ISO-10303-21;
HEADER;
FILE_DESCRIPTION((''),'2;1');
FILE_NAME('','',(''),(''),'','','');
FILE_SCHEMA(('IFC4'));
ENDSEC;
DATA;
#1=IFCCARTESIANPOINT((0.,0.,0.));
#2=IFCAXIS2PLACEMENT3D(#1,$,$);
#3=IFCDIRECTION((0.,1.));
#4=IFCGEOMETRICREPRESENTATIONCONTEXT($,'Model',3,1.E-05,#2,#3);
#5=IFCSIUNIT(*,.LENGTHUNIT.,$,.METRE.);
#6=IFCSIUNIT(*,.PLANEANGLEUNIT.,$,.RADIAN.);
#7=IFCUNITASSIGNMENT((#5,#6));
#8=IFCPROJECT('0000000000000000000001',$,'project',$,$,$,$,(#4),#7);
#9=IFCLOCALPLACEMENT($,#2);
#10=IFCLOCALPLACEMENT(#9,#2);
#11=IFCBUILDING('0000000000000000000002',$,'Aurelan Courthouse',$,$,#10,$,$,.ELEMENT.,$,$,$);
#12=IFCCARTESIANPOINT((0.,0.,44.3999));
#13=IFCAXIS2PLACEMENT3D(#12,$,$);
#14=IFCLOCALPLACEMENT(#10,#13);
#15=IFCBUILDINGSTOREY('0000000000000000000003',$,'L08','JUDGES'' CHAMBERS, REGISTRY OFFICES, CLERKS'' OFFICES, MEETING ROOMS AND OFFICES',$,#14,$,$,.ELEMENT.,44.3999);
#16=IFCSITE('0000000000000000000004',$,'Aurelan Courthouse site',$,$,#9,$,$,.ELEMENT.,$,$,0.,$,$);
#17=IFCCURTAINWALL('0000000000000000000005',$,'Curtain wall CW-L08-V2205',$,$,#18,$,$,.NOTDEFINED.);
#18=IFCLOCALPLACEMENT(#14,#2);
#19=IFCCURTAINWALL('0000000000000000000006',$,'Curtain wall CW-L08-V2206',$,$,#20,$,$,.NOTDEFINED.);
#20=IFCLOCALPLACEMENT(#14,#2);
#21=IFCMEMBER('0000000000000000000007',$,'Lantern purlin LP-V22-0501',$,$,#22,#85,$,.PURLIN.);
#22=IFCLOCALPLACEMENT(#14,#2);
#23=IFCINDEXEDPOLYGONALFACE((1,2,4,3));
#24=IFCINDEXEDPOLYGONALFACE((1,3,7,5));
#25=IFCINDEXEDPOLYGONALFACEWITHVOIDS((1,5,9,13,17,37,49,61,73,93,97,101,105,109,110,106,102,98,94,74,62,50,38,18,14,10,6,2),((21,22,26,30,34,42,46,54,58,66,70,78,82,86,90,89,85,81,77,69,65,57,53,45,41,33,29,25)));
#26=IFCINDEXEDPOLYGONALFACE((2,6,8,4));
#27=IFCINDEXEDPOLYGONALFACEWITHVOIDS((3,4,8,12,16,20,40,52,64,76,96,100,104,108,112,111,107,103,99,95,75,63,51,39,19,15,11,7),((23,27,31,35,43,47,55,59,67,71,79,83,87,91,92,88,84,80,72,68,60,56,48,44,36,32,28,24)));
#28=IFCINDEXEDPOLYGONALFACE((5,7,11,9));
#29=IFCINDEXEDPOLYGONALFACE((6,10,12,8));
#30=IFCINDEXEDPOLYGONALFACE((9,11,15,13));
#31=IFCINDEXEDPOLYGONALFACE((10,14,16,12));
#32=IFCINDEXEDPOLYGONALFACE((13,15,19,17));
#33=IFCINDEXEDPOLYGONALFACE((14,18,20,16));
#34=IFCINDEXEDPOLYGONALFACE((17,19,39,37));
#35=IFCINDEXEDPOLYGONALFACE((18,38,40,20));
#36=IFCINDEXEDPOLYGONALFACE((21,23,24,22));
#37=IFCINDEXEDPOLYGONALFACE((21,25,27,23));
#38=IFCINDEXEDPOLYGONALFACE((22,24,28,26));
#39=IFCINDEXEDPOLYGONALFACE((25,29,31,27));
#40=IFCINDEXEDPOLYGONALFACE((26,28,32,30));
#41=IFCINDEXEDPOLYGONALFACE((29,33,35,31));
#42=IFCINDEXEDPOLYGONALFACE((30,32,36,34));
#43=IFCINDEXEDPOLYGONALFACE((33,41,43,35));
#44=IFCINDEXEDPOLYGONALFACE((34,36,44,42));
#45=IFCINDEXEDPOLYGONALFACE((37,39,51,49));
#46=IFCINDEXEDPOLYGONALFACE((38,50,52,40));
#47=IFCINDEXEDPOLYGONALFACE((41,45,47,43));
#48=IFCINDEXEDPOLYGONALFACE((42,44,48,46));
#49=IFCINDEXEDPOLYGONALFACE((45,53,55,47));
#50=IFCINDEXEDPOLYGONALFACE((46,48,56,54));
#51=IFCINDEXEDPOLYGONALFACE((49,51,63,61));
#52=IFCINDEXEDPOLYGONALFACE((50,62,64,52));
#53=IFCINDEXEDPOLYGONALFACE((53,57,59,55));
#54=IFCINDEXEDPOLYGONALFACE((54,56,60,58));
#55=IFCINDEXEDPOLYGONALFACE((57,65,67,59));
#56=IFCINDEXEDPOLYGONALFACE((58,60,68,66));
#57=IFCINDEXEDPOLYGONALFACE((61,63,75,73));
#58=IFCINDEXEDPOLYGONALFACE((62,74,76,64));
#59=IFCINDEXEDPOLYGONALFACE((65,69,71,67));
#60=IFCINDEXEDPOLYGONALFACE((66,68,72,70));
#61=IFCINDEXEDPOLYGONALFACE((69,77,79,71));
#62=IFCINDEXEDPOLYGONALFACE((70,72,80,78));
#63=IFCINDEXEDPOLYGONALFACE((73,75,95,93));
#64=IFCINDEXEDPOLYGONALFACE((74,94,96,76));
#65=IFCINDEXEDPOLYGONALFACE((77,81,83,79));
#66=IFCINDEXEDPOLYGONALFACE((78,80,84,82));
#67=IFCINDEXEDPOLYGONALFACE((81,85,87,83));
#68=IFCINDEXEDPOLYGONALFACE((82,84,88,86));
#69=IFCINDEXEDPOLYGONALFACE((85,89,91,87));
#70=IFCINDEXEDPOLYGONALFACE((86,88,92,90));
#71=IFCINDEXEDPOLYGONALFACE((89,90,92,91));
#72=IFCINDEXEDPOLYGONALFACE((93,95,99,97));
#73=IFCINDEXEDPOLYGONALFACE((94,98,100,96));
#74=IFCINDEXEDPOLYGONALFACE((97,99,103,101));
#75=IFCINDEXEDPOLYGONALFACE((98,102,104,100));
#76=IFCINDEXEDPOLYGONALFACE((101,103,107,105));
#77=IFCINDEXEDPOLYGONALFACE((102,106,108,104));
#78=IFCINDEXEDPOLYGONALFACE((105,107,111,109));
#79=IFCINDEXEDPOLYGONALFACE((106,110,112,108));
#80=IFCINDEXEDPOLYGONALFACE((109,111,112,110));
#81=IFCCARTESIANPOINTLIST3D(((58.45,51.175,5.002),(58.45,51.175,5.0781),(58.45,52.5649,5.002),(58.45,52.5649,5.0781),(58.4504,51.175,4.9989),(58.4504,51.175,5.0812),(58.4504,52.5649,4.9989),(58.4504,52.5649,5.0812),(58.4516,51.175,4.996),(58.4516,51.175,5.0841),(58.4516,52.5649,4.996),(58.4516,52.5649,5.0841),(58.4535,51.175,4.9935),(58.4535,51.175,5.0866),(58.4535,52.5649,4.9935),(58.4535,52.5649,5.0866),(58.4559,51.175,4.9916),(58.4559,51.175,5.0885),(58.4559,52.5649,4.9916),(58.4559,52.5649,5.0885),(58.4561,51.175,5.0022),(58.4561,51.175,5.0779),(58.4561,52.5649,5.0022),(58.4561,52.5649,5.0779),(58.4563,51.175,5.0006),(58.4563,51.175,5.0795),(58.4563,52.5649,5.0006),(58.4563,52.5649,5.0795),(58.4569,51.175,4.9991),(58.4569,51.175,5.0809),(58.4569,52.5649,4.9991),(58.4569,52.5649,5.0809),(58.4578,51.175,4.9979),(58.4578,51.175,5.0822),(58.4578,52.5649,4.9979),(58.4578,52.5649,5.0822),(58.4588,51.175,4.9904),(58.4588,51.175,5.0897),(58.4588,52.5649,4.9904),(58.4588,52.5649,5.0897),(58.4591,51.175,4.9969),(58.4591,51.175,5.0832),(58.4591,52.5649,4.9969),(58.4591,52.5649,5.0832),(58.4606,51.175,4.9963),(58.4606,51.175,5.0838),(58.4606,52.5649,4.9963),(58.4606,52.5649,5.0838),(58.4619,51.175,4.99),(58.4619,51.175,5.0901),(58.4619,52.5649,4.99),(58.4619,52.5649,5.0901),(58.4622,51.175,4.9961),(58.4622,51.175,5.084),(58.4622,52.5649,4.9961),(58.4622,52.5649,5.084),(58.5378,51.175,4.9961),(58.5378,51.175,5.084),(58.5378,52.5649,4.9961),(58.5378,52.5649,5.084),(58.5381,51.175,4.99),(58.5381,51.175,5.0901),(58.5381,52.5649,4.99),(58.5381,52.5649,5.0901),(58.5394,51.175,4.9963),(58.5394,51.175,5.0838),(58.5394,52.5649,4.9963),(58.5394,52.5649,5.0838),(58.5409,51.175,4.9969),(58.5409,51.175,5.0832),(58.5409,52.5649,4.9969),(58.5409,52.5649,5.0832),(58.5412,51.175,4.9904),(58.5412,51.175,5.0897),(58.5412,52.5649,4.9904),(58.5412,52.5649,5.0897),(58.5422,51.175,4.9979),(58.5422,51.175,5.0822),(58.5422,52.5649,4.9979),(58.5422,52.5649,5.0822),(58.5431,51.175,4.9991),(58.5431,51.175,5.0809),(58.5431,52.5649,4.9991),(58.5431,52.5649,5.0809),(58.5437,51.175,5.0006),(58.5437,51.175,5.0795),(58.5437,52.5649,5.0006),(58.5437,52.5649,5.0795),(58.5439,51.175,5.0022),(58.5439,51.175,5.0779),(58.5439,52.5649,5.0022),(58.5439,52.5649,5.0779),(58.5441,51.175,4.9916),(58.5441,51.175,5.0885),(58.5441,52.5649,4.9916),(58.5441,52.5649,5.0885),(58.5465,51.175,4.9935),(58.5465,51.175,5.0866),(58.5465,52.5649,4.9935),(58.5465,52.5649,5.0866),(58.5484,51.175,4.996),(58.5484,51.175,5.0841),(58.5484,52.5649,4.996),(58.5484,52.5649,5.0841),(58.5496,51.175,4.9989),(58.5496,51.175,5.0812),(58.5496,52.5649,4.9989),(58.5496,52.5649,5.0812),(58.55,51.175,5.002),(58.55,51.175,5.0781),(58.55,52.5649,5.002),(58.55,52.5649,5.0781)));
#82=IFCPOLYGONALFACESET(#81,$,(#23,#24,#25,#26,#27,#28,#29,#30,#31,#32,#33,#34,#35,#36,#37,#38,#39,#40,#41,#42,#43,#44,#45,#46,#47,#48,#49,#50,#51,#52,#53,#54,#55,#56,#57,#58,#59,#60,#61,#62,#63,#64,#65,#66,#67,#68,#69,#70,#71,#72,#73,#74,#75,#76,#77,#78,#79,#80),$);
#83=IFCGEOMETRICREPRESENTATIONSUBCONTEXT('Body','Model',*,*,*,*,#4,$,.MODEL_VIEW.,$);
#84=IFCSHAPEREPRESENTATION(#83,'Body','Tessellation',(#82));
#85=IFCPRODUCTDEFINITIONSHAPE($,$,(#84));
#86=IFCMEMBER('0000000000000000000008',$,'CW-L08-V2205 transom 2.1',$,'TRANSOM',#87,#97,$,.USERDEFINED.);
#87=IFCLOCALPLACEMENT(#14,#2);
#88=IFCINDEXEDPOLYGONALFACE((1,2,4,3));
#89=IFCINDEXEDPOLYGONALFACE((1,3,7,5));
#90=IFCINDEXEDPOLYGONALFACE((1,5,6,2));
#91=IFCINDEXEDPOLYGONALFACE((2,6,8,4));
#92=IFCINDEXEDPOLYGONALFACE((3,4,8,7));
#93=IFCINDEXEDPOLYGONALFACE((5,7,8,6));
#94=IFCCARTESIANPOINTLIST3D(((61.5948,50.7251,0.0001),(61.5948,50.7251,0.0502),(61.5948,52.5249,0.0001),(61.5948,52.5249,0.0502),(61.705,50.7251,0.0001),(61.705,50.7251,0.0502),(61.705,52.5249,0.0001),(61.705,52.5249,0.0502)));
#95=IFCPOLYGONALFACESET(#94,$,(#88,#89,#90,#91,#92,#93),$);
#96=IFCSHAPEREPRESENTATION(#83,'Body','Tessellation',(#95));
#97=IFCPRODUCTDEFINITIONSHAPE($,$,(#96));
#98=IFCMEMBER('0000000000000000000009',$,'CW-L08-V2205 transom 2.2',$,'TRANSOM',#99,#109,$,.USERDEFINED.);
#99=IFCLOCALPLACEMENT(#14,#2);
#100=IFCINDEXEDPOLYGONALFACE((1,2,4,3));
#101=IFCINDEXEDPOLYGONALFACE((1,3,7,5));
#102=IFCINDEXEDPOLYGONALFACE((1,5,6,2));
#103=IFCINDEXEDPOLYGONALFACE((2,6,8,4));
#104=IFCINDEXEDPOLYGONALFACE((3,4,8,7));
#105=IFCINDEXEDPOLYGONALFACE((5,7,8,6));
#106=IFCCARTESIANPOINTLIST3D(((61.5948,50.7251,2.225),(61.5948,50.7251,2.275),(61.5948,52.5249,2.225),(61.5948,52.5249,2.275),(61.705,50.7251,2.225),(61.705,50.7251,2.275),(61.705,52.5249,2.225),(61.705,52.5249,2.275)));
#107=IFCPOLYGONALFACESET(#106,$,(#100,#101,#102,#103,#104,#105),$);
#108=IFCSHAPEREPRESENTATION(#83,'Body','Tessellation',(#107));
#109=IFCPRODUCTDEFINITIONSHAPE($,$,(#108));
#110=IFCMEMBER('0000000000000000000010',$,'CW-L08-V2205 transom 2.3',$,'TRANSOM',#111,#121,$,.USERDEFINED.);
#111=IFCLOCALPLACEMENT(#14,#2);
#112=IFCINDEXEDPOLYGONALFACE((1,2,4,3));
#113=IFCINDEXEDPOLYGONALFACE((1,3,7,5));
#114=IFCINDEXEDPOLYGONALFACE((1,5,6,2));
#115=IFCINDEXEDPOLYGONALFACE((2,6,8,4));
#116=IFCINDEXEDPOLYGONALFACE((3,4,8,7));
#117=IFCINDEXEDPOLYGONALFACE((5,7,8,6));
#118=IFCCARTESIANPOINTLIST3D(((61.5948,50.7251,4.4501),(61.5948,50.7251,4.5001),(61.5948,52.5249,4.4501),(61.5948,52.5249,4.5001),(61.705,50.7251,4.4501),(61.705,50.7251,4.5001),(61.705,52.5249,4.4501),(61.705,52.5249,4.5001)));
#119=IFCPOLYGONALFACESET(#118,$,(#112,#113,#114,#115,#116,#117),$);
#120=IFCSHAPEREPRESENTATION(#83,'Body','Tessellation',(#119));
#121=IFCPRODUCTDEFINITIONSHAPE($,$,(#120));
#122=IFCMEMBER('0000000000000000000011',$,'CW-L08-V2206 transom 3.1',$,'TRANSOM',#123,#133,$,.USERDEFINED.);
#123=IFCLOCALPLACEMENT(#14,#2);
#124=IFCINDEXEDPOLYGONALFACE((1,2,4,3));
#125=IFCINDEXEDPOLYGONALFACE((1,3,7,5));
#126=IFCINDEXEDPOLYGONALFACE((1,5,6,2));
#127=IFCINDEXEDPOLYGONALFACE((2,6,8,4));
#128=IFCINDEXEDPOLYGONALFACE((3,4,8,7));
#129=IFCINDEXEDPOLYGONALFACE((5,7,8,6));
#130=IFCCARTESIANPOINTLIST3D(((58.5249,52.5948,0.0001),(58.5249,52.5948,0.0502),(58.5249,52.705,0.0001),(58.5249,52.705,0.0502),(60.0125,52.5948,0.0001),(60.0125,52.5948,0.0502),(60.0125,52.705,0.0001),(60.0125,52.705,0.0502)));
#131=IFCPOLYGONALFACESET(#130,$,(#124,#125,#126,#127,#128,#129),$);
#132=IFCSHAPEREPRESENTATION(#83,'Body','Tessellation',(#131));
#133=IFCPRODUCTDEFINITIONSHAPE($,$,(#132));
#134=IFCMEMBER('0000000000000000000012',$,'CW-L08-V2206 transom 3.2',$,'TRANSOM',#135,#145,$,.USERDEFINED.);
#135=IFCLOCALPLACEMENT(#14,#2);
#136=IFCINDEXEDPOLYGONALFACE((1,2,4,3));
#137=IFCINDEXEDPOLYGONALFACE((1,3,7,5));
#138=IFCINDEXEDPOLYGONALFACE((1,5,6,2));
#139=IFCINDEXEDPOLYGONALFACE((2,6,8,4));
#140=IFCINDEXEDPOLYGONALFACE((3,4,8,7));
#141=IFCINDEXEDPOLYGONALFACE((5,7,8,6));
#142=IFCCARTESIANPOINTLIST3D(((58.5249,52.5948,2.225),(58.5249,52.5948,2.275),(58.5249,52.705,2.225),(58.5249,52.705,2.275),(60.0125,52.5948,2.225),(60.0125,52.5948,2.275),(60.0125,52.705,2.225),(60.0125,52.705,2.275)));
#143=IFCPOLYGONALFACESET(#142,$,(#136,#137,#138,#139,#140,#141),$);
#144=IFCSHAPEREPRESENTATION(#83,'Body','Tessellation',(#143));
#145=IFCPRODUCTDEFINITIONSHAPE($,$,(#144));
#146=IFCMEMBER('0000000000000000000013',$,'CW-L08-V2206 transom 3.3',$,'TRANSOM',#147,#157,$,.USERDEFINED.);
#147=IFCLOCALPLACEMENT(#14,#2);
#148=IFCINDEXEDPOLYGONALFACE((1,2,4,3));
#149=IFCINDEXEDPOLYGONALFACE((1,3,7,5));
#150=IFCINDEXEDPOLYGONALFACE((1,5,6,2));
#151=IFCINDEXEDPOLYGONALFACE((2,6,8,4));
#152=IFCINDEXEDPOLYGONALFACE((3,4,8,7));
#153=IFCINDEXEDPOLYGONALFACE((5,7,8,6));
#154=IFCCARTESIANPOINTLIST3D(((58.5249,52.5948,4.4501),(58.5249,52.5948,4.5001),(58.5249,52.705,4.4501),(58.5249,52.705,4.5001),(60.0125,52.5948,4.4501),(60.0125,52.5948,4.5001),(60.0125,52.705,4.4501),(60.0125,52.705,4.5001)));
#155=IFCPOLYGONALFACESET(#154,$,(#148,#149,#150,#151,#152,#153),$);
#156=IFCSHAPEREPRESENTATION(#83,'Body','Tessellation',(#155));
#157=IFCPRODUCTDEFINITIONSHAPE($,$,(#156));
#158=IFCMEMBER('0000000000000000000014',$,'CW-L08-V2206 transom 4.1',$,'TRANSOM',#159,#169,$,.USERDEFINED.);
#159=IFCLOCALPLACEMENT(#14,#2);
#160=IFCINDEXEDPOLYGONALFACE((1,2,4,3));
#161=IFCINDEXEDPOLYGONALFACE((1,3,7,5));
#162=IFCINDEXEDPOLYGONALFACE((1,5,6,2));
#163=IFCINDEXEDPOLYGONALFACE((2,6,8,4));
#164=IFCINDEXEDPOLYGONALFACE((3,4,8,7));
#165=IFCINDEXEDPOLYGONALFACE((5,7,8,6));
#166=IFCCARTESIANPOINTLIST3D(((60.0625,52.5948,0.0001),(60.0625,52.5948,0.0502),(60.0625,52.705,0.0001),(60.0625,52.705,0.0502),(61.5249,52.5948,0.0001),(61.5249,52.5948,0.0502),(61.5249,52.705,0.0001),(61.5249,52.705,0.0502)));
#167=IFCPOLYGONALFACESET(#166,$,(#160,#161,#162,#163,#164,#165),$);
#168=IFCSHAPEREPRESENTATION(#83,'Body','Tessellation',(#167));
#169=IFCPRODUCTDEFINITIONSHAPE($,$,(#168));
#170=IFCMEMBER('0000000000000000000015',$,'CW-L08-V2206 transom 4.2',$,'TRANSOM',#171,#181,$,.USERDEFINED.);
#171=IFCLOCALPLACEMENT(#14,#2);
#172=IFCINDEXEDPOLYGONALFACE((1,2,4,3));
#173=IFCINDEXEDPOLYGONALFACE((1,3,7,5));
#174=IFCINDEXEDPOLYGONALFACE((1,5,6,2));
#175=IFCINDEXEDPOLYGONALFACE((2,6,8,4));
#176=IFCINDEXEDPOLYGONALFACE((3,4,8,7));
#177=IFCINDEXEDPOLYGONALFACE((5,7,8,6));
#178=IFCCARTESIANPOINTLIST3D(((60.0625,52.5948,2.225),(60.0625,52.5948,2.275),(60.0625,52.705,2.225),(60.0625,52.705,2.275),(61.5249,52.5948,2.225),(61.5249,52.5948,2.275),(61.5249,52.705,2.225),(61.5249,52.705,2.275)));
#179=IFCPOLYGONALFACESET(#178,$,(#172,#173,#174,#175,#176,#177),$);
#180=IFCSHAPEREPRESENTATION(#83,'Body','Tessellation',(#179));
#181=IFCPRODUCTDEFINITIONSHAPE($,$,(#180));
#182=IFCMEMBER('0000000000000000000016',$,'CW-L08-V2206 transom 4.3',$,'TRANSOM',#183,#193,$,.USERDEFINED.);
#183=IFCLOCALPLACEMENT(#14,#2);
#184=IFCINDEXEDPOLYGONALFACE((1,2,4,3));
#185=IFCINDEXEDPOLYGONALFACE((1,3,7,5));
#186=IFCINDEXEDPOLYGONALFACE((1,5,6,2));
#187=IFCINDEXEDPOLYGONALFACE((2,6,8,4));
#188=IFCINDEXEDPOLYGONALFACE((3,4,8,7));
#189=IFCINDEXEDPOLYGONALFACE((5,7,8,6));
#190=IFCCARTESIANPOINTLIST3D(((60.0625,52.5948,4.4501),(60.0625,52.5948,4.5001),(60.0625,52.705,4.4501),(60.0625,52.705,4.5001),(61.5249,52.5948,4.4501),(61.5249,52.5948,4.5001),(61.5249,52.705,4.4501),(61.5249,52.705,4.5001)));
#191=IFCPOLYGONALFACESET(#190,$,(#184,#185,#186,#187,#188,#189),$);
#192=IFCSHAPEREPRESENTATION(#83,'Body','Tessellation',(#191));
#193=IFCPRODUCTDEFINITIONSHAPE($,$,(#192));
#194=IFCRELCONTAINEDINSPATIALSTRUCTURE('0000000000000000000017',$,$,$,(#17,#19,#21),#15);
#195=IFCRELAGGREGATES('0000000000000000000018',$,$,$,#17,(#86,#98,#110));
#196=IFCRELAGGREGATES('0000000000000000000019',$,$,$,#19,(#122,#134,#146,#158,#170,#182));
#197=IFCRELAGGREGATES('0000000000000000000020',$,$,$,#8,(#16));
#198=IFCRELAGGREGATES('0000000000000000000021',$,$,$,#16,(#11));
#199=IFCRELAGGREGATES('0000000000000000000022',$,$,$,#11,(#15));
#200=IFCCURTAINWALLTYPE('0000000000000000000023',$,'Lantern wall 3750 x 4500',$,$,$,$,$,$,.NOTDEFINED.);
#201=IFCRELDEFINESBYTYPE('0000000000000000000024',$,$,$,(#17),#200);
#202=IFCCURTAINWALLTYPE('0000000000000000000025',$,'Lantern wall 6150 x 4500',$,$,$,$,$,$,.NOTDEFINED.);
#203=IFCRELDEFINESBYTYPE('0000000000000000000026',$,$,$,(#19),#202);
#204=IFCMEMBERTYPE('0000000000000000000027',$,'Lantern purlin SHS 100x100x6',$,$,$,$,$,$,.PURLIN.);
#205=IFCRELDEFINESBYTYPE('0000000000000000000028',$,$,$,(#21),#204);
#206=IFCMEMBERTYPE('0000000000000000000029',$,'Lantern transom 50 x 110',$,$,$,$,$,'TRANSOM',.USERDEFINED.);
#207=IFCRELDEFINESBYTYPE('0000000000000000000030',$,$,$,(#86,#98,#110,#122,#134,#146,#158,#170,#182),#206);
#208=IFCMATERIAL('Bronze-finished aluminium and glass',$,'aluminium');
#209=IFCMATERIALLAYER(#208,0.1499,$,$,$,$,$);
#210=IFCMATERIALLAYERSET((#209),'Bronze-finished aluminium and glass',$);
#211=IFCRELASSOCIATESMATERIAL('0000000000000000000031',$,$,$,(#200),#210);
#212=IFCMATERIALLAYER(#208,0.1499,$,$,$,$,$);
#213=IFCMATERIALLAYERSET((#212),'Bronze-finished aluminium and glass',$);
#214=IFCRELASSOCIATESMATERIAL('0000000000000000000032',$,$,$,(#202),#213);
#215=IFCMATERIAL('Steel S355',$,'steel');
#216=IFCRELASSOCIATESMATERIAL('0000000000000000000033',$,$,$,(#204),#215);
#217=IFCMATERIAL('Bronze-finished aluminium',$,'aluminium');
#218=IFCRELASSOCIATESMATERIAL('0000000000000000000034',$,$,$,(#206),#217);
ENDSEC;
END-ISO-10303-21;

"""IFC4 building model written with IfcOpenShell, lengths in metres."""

from ifc_helpers import new_model, si_unit, direction, frame, origin, origin_2d, place, context, subcontext, project, spatial, rectangle, hollow_rectangle, extrude, material, layer, layer_set, material_profile, profile_set, type_object, element, aggregate, save


model = new_model("IFC4")

# Units and contexts
model_context = context("Model", 3, precision=1e-05, world=origin(), true_north=direction((0.0, 1.0)))
body_context = subcontext(model_context, "Body", "Model", "MODEL_VIEW")
ifc_project = project(units=[si_unit("LENGTHUNIT", "METRE"), si_unit("PLANEANGLEUNIT", "RADIAN")], contexts=[model_context])

# Site, building, storey
site_placement = place(None, origin())
site = spatial("IfcSite", under=ifc_project, at=site_placement, Name="Aurelan Courthouse site", CompositionType="ELEMENT", RefElevation=0.0)
building_placement = place(site_placement, origin())
building = spatial("IfcBuilding", under=site, at=building_placement, Name="Aurelan Courthouse", CompositionType="ELEMENT")
storey_placement = place(building_placement, frame((0.0, 0.0, 44.3999)))
storey = spatial("IfcBuildingStorey", under=building, at=storey_placement, Name="L08", Description="JUDGES' CHAMBERS, REGISTRY OFFICES, CLERKS' OFFICES, MEETING ROOMS AND OFFICES", CompositionType="ELEMENT", Elevation=44.3999)

# Shared definitions
ifc_material_1 = material(Name="Steel S355", Category="steel")

# Curtain walls
ifc_material_2 = material(Name="Bronze-finished aluminium and glass", Category="aluminium")
ifc_layer_1 = layer(ifc_material_2, 0.1499)
ifc_layer_set_1 = layer_set([ifc_layer_1], Name="Bronze-finished aluminium and glass")
curtain_wall_type_1 = type_object("IfcCurtainWallType", Name="Lantern wall 3750 x 4500", PredefinedType="NOTDEFINED", material=ifc_layer_set_1)
curtain_wall_1_placement = place(storey_placement, origin())
curtain_wall_1 = element("IfcCurtainWall", 1, at=curtain_wall_1_placement, inside=storey, type_object=curtain_wall_type_1, Name="Curtain wall CW-L08-V2205", PredefinedType="NOTDEFINED")
ifc_material_3 = material(Name="Bronze-finished aluminium", Category="aluminium")
ifc_layer_2 = layer(ifc_material_2, 0.1499)
ifc_layer_set_2 = layer_set([ifc_layer_2], Name="Bronze-finished aluminium and glass")
curtain_wall_type_2 = type_object("IfcCurtainWallType", Name="Lantern wall 6150 x 4500", PredefinedType="NOTDEFINED", material=ifc_layer_set_2)
curtain_wall_2_placement = place(storey_placement, origin())
curtain_wall_2 = element("IfcCurtainWall", 2, at=curtain_wall_2_placement, inside=storey, type_object=curtain_wall_type_2, Name="Curtain wall CW-L08-V2206", PredefinedType="NOTDEFINED")

# Members
ifc_material_profile_1 = material_profile(ifc_material_1, hollow_rectangle(XDim=0.1001, YDim=0.1001, WallThickness=0.0061, InnerFilletRadius=0.0061, OuterFilletRadius=0.012, at=origin_2d()), Name="SHS 100x100x6")
ifc_profile_set_1 = profile_set([ifc_material_profile_1], Name="Steel S355")
member_type_1 = type_object("IfcMemberType", Name="Lantern purlin SHS 100x100x6", PredefinedType="PURLIN", material=ifc_profile_set_1)
member_1_placement = place(storey_placement, frame((58.5, 51.175, 5.04), z_axis=(0.0, 1.0, 0.0), x_axis=(-1.0, 0.0, 0.0)))
element("IfcMember", 3, at=member_1_placement, inside=storey, type_object=member_type_1, Name="Lantern purlin LP-V22-0501", PredefinedType="PURLIN", context=body_context, shape_type="SweptSolid", body=[
    extrude(hollow_rectangle(XDim=0.1001, YDim=0.1001, WallThickness=0.0061, InnerFilletRadius=0.0061, OuterFilletRadius=0.012, at=origin_2d()), origin(), (0.0, 0.0, 1.0), 1.3899),
])
ifc_material_profile_2 = material_profile(ifc_material_3, rectangle(XDim=0.1101, YDim=0.05, at=origin_2d()), Name="Lantern transom 50 x 110")
ifc_profile_set_2 = profile_set([ifc_material_profile_2], Name="Bronze-finished aluminium")
member_type_2 = type_object("IfcMemberType", Name="Lantern transom 50 x 110", ElementType="TRANSOM", PredefinedType="USERDEFINED", material=ifc_profile_set_2)
member_2_placement = place(storey_placement, frame((61.6499, 50.7251, 0.0251), z_axis=(0.0, 1.0, 0.0), x_axis=(-1.0, 0.0, 0.0)))
member_2 = element("IfcMember", 4, at=member_2_placement, type_object=member_type_2, Name="CW-L08-V2205 transom 2.1", ObjectType="TRANSOM", PredefinedType="USERDEFINED", context=body_context, shape_type="SweptSolid", body=[
    extrude(rectangle(XDim=0.1101, YDim=0.05, at=origin_2d()), origin(), (0.0, 0.0, 1.0), 1.7998),
])
member_3_placement = place(storey_placement, frame((61.6499, 50.7251, 2.25), z_axis=(0.0, 1.0, 0.0), x_axis=(-1.0, 0.0, 0.0)))
member_3 = element("IfcMember", 5, at=member_3_placement, type_object=member_type_2, Name="CW-L08-V2205 transom 2.2", ObjectType="TRANSOM", PredefinedType="USERDEFINED", context=body_context, shape_type="SweptSolid", body=[
    extrude(rectangle(XDim=0.1101, YDim=0.05, at=origin_2d()), origin(), (0.0, 0.0, 1.0), 1.7998),
])
member_4_placement = place(storey_placement, frame((61.6499, 50.7251, 4.4751), z_axis=(0.0, 1.0, 0.0), x_axis=(-1.0, 0.0, 0.0)))
member_4 = element("IfcMember", 6, at=member_4_placement, type_object=member_type_2, Name="CW-L08-V2205 transom 2.3", ObjectType="TRANSOM", PredefinedType="USERDEFINED", context=body_context, shape_type="SweptSolid", body=[
    extrude(rectangle(XDim=0.1101, YDim=0.05, at=origin_2d()), origin(), (0.0, 0.0, 1.0), 1.7998),
])
member_5_placement = place(storey_placement, frame((58.5249, 52.6499, 0.0251), z_axis=(1.0, 0.0, 0.0), x_axis=(0.0, 1.0, 0.0)))
member_5 = element("IfcMember", 7, at=member_5_placement, type_object=member_type_2, Name="CW-L08-V2206 transom 3.1", ObjectType="TRANSOM", PredefinedType="USERDEFINED", context=body_context, shape_type="SweptSolid", body=[
    extrude(rectangle(XDim=0.1101, YDim=0.05, at=origin_2d()), origin(), (0.0, 0.0, 1.0), 1.4875),
])
member_6_placement = place(storey_placement, frame((58.5249, 52.6499, 2.25), z_axis=(1.0, 0.0, 0.0), x_axis=(0.0, 1.0, 0.0)))
member_6 = element("IfcMember", 8, at=member_6_placement, type_object=member_type_2, Name="CW-L08-V2206 transom 3.2", ObjectType="TRANSOM", PredefinedType="USERDEFINED", context=body_context, shape_type="SweptSolid", body=[
    extrude(rectangle(XDim=0.1101, YDim=0.05, at=origin_2d()), origin(), (0.0, 0.0, 1.0), 1.4875),
])
member_7_placement = place(storey_placement, frame((58.5249, 52.6499, 4.4751), z_axis=(1.0, 0.0, 0.0), x_axis=(0.0, 1.0, 0.0)))
member_7 = element("IfcMember", 9, at=member_7_placement, type_object=member_type_2, Name="CW-L08-V2206 transom 3.3", ObjectType="TRANSOM", PredefinedType="USERDEFINED", context=body_context, shape_type="SweptSolid", body=[
    extrude(rectangle(XDim=0.1101, YDim=0.05, at=origin_2d()), origin(), (0.0, 0.0, 1.0), 1.4875),
])
member_8_placement = place(storey_placement, frame((60.0625, 52.6499, 0.0251), z_axis=(1.0, 0.0, 0.0), x_axis=(0.0, 1.0, 0.0)))
member_8 = element("IfcMember", 10, at=member_8_placement, type_object=member_type_2, Name="CW-L08-V2206 transom 4.1", ObjectType="TRANSOM", PredefinedType="USERDEFINED", context=body_context, shape_type="SweptSolid", body=[
    extrude(rectangle(XDim=0.1101, YDim=0.05, at=origin_2d()), origin(), (0.0, 0.0, 1.0), 1.4624),
])
member_9_placement = place(storey_placement, frame((60.0625, 52.6499, 2.25), z_axis=(1.0, 0.0, 0.0), x_axis=(0.0, 1.0, 0.0)))
member_9 = element("IfcMember", 11, at=member_9_placement, type_object=member_type_2, Name="CW-L08-V2206 transom 4.2", ObjectType="TRANSOM", PredefinedType="USERDEFINED", context=body_context, shape_type="SweptSolid", body=[
    extrude(rectangle(XDim=0.1101, YDim=0.05, at=origin_2d()), origin(), (0.0, 0.0, 1.0), 1.4624),
])
member_10_placement = place(storey_placement, frame((60.0625, 52.6499, 4.4751), z_axis=(1.0, 0.0, 0.0), x_axis=(0.0, 1.0, 0.0)))
member_10 = element("IfcMember", 12, at=member_10_placement, type_object=member_type_2, Name="CW-L08-V2206 transom 4.3", ObjectType="TRANSOM", PredefinedType="USERDEFINED", context=body_context, shape_type="SweptSolid", body=[
    extrude(rectangle(XDim=0.1101, YDim=0.05, at=origin_2d()), origin(), (0.0, 0.0, 1.0), 1.4624),
])

aggregate(curtain_wall_1, [member_2, member_3, member_4])
aggregate(curtain_wall_2, [member_5, member_6, member_7, member_8, member_9, member_10])

save(model, "model.ifc")
